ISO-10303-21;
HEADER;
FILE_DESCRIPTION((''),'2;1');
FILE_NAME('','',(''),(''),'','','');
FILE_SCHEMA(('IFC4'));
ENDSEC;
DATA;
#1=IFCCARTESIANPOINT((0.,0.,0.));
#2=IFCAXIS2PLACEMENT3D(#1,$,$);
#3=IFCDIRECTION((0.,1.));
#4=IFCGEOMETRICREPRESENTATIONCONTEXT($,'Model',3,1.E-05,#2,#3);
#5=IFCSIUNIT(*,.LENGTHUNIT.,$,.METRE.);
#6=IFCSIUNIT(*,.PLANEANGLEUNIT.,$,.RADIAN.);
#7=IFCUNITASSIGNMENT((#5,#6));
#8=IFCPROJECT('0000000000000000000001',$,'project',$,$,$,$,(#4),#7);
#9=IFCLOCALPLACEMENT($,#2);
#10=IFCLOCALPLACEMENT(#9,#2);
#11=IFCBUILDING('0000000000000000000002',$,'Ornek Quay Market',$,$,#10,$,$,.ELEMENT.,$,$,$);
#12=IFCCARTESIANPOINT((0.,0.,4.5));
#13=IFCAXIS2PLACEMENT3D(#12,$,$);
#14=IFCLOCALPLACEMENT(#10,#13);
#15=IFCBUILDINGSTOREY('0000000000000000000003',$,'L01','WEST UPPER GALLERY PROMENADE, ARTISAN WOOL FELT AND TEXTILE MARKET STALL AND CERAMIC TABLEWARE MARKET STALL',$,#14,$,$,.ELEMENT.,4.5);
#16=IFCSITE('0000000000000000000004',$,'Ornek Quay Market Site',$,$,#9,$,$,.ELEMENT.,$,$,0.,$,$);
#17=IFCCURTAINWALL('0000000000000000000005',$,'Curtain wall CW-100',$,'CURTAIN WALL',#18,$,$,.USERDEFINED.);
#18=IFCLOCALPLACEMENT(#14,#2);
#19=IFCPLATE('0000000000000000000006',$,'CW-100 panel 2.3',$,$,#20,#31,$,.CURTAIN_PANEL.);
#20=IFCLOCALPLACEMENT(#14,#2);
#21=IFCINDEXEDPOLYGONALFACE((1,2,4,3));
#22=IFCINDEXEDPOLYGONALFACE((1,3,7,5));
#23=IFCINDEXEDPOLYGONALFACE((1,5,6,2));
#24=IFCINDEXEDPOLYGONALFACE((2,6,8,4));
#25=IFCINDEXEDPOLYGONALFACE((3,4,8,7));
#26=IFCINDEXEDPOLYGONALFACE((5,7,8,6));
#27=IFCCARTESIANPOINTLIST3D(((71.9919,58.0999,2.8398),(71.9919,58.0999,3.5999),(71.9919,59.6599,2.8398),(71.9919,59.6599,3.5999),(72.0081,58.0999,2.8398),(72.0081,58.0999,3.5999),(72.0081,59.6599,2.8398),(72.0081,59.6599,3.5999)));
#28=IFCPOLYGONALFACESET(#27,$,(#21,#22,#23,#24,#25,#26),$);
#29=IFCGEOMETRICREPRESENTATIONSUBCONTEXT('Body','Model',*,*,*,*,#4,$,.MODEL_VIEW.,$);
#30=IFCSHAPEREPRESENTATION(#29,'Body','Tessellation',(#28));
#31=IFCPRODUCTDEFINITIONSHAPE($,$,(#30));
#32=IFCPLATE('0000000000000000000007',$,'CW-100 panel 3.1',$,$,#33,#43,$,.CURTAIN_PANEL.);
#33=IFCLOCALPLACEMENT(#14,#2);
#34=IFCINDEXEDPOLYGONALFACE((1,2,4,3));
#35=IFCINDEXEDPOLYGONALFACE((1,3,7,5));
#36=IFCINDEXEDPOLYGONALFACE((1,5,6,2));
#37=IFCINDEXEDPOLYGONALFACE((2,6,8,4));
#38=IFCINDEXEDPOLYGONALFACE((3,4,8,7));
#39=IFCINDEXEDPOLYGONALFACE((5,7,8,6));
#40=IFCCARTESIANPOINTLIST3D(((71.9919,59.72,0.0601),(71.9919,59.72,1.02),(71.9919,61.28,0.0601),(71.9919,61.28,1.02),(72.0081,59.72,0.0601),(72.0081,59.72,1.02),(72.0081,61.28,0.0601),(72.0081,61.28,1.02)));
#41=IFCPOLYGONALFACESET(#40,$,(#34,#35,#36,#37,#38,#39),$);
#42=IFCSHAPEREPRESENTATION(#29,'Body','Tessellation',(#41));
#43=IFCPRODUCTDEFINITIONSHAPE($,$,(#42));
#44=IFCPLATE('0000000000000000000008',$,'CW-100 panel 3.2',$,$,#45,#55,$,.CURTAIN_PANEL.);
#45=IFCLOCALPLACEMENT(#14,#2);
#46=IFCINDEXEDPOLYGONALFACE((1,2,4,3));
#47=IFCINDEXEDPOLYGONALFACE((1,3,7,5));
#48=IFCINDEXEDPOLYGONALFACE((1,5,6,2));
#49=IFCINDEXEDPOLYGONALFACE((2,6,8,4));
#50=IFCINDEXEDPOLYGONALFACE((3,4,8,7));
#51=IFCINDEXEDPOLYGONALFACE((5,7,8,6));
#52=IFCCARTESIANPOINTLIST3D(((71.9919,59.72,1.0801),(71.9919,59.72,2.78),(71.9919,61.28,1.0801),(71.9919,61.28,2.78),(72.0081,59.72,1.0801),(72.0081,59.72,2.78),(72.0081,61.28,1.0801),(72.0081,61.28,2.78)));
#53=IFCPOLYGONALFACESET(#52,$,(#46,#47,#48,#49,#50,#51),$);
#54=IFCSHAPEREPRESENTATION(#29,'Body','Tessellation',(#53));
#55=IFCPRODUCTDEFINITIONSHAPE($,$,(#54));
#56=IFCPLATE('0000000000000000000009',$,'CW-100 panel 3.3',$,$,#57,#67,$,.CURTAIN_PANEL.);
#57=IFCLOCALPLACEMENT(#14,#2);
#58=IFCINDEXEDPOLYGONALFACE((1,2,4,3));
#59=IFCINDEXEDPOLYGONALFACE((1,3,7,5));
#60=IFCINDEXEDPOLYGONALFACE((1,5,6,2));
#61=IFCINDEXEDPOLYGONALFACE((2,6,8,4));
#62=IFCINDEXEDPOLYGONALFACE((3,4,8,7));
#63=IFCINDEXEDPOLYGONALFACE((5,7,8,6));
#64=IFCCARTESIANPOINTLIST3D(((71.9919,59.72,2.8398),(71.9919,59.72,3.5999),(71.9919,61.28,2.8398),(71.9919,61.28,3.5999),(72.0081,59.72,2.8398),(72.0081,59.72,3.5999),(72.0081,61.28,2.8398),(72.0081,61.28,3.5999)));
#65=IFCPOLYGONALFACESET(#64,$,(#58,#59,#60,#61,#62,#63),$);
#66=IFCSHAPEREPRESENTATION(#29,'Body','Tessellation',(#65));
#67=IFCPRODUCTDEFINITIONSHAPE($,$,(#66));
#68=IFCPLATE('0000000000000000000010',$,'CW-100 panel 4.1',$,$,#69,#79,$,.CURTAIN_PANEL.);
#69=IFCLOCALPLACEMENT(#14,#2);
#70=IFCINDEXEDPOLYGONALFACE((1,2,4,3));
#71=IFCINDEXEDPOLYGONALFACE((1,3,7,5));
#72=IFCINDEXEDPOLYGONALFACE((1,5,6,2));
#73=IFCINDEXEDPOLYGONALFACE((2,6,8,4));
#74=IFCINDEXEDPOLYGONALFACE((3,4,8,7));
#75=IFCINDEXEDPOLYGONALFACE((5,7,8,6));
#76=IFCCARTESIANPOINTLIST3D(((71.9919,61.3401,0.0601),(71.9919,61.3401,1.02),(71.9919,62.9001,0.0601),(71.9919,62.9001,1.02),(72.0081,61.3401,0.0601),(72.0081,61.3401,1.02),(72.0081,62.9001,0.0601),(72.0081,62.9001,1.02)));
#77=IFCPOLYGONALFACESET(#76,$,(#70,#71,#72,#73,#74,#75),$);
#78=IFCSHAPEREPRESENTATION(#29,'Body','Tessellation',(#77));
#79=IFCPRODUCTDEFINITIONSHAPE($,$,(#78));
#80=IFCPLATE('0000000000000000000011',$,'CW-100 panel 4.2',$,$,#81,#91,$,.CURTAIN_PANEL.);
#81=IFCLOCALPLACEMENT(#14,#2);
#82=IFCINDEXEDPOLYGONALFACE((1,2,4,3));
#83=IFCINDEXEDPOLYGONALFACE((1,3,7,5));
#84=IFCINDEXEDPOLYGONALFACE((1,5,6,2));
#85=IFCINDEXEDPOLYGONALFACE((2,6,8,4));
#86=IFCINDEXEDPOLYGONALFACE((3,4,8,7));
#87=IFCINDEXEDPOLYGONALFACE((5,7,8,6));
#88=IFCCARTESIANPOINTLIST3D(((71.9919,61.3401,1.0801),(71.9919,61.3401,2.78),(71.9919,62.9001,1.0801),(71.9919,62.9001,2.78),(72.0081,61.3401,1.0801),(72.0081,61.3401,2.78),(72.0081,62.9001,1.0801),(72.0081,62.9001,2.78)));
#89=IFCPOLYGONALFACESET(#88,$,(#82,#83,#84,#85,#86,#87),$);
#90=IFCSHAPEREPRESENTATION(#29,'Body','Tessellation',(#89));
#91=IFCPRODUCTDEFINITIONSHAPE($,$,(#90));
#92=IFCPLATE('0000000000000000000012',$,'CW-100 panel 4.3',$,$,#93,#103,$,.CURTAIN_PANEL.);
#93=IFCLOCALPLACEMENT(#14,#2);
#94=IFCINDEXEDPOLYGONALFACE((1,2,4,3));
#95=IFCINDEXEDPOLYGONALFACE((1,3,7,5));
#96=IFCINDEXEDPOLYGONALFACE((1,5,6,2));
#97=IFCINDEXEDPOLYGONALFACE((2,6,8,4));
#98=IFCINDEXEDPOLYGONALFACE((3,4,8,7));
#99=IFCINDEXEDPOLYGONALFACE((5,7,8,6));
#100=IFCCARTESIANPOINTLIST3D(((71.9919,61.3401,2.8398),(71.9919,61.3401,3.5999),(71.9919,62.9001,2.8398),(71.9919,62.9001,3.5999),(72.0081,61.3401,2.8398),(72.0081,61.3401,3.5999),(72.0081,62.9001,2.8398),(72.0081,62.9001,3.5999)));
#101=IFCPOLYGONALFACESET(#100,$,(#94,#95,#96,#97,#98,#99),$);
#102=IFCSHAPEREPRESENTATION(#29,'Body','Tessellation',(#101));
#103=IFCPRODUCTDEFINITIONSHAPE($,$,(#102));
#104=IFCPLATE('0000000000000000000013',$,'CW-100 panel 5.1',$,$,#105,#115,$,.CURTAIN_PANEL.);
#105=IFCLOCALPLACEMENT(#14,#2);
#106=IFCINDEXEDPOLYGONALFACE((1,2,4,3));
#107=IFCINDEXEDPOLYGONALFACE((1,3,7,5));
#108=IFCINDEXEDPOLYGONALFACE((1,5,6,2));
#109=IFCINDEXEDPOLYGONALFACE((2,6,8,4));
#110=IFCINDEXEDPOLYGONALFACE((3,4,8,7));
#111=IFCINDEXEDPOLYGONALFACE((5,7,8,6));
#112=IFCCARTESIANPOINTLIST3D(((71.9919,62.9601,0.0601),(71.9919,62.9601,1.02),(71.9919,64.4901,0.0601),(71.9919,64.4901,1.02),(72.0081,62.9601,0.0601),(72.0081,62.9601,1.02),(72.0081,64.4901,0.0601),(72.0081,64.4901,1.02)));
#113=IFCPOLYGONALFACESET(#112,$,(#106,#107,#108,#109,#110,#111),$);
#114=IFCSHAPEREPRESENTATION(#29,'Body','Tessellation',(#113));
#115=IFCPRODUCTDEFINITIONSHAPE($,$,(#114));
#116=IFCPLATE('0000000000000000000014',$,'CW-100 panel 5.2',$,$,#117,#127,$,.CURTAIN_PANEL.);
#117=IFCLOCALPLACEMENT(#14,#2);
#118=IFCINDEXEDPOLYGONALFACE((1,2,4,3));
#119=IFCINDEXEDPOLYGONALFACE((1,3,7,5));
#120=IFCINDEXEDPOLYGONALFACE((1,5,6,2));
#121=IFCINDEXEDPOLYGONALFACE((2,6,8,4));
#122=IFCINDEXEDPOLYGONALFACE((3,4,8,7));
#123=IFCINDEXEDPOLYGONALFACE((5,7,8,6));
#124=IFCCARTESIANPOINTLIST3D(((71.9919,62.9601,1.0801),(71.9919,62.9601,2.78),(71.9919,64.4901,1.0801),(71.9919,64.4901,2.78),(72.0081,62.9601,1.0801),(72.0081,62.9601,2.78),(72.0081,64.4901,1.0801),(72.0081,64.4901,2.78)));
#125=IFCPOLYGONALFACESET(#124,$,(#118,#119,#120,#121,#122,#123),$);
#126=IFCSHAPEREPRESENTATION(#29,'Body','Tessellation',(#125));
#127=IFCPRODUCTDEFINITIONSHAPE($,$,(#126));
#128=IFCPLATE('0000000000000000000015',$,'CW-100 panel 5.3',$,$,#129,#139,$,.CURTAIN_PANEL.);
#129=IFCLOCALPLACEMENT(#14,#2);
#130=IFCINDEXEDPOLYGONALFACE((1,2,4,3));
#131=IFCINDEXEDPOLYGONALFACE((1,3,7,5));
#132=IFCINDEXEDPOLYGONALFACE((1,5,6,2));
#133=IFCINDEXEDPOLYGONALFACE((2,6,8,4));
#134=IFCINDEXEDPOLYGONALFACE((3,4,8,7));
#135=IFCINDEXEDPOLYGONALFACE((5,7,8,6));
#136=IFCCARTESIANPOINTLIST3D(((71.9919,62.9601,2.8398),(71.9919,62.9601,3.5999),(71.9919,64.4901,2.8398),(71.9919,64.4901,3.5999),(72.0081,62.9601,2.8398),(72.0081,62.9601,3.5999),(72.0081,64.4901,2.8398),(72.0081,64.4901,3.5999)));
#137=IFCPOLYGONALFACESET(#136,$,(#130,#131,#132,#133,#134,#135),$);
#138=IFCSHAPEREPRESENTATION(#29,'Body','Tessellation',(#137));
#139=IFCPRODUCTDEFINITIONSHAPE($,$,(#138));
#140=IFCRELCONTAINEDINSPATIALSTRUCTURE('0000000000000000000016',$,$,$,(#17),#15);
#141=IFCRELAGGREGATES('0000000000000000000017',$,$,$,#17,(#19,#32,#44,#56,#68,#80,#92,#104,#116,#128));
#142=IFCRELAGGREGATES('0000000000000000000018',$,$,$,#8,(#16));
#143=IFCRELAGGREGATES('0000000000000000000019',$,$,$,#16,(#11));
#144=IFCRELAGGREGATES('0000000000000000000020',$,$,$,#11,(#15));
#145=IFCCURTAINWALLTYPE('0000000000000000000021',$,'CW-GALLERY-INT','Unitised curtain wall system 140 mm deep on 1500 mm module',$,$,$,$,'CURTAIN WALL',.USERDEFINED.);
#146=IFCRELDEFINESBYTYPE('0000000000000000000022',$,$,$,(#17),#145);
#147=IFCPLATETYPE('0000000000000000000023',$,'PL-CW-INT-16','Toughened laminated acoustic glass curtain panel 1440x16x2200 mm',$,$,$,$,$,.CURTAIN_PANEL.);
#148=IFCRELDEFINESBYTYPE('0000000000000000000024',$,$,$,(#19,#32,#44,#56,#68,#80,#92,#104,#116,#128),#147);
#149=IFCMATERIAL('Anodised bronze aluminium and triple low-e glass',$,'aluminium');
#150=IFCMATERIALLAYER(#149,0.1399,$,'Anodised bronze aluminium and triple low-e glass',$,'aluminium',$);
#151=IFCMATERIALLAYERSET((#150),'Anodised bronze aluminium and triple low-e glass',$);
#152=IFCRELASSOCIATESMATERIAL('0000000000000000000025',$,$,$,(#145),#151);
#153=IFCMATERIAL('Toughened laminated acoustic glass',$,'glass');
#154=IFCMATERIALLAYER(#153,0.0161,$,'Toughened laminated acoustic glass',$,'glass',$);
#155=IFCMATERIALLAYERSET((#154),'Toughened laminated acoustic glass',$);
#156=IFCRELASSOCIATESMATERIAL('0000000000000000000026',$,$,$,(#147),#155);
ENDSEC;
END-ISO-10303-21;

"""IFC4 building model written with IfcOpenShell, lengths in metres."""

from ifc_helpers import new_model, si_unit, direction, frame, origin, origin_2d, place, context, subcontext, project, spatial, rectangle, extrude, material, layer, layer_set, type_object, element, aggregate, save


model = new_model("IFC4")

# Units and contexts
model_context = context("Model", 3, precision=1e-05, world=origin(), true_north=direction((0.0, 1.0)))
body_context = subcontext(model_context, "Body", "Model", "MODEL_VIEW")
ifc_project = project(units=[si_unit("LENGTHUNIT", "METRE"), si_unit("PLANEANGLEUNIT", "RADIAN")], contexts=[model_context])

# Site, building, storey
site_placement = place(None, origin())
site = spatial("IfcSite", under=ifc_project, at=site_placement, Name="Ornek Quay Market Site", CompositionType="ELEMENT", RefElevation=0.0)
building_placement = place(site_placement, origin())
building = spatial("IfcBuilding", under=site, at=building_placement, Name="Ornek Quay Market", CompositionType="ELEMENT")
storey_placement = place(building_placement, frame((0.0, 0.0, 4.5)))
storey = spatial("IfcBuildingStorey", under=building, at=storey_placement, Name="L01", Description="WEST UPPER GALLERY PROMENADE, ARTISAN WOOL FELT AND TEXTILE MARKET STALL AND CERAMIC TABLEWARE MARKET STALL", CompositionType="ELEMENT", Elevation=4.5)

# Curtain wall, plates
ifc_material_1 = material(Name="Anodised bronze aluminium and triple low-e glass", Category="aluminium")
ifc_layer_1 = layer(ifc_material_1, 0.1399, Name="Anodised bronze aluminium and triple low-e glass", Category="aluminium")
ifc_layer_set_1 = layer_set([ifc_layer_1], Name="Anodised bronze aluminium and triple low-e glass")
curtain_wall_type = type_object("IfcCurtainWallType", Name="CW-GALLERY-INT", Description="Unitised curtain wall system 140 mm deep on 1500 mm module", ElementType="CURTAIN WALL", PredefinedType="USERDEFINED", material=ifc_layer_set_1)
curtain_wall_placement = place(storey_placement, origin())
curtain_wall = element("IfcCurtainWall", 1, at=curtain_wall_placement, inside=storey, type_object=curtain_wall_type, Name="Curtain wall CW-100", ObjectType="CURTAIN WALL", PredefinedType="USERDEFINED")
ifc_material_2 = material(Name="Toughened laminated acoustic glass", Category="glass")
ifc_layer_2 = layer(ifc_material_2, 0.0161, Name="Toughened laminated acoustic glass", Category="glass")
ifc_layer_set_2 = layer_set([ifc_layer_2], Name="Toughened laminated acoustic glass")
plate_type = type_object("IfcPlateType", Name="PL-CW-INT-16", Description="Toughened laminated acoustic glass curtain panel 1440x16x2200 mm", PredefinedType="CURTAIN_PANEL", material=ifc_layer_set_2)
plate_1_placement = place(storey_placement, frame((72.0, 58.8799, 2.8398), z_axis=(0.0, 0.0, 1.0), x_axis=(0.0, 1.0, 0.0)))
plate_1 = element("IfcPlate", 2, at=plate_1_placement, type_object=plate_type, Name="CW-100 panel 2.3", PredefinedType="CURTAIN_PANEL", context=body_context, shape_type="SweptSolid", body=[
    extrude(rectangle(XDim=1.5601, YDim=0.0161, at=origin_2d()), origin(), (0.0, 0.0, 1.0), 0.76),
])
plate_2_placement = place(storey_placement, frame((72.0, 60.5, 0.0601), z_axis=(0.0, 0.0, 1.0), x_axis=(0.0, 1.0, 0.0)))
plate_2 = element("IfcPlate", 3, at=plate_2_placement, type_object=plate_type, Name="CW-100 panel 3.1", PredefinedType="CURTAIN_PANEL", context=body_context, shape_type="SweptSolid", body=[
    extrude(rectangle(XDim=1.5601, YDim=0.0161, at=origin_2d()), origin(), (0.0, 0.0, 1.0), 0.96),
])
plate_3_placement = place(storey_placement, frame((72.0, 60.5, 1.0801), z_axis=(0.0, 0.0, 1.0), x_axis=(0.0, 1.0, 0.0)))
plate_3 = element("IfcPlate", 4, at=plate_3_placement, type_object=plate_type, Name="CW-100 panel 3.2", PredefinedType="CURTAIN_PANEL", context=body_context, shape_type="SweptSolid", body=[
    extrude(rectangle(XDim=1.5601, YDim=0.0161, at=origin_2d()), origin(), (0.0, 0.0, 1.0), 1.7),
])
plate_4_placement = place(storey_placement, frame((72.0, 60.5, 2.8398), z_axis=(0.0, 0.0, 1.0), x_axis=(0.0, 1.0, 0.0)))
plate_4 = element("IfcPlate", 5, at=plate_4_placement, type_object=plate_type, Name="CW-100 panel 3.3", PredefinedType="CURTAIN_PANEL", context=body_context, shape_type="SweptSolid", body=[
    extrude(rectangle(XDim=1.5601, YDim=0.0161, at=origin_2d()), origin(), (0.0, 0.0, 1.0), 0.76),
])
plate_5_placement = place(storey_placement, frame((72.0, 62.1201, 0.0601), z_axis=(0.0, 0.0, 1.0), x_axis=(0.0, 1.0, 0.0)))
plate_5 = element("IfcPlate", 6, at=plate_5_placement, type_object=plate_type, Name="CW-100 panel 4.1", PredefinedType="CURTAIN_PANEL", context=body_context, shape_type="SweptSolid", body=[
    extrude(rectangle(XDim=1.5601, YDim=0.0161, at=origin_2d()), origin(), (0.0, 0.0, 1.0), 0.96),
])
plate_6_placement = place(storey_placement, frame((72.0, 62.1201, 1.0801), z_axis=(0.0, 0.0, 1.0), x_axis=(0.0, 1.0, 0.0)))
plate_6 = element("IfcPlate", 7, at=plate_6_placement, type_object=plate_type, Name="CW-100 panel 4.2", PredefinedType="CURTAIN_PANEL", context=body_context, shape_type="SweptSolid", body=[
    extrude(rectangle(XDim=1.5601, YDim=0.0161, at=origin_2d()), origin(), (0.0, 0.0, 1.0), 1.7),
])
plate_7_placement = place(storey_placement, frame((72.0, 62.1201, 2.8398), z_axis=(0.0, 0.0, 1.0), x_axis=(0.0, 1.0, 0.0)))
plate_7 = element("IfcPlate", 8, at=plate_7_placement, type_object=plate_type, Name="CW-100 panel 4.3", PredefinedType="CURTAIN_PANEL", context=body_context, shape_type="SweptSolid", body=[
    extrude(rectangle(XDim=1.5601, YDim=0.0161, at=origin_2d()), origin(), (0.0, 0.0, 1.0), 0.76),
])
plate_8_placement = place(storey_placement, frame((72.0, 63.7251, 0.0601), z_axis=(0.0, 0.0, 1.0), x_axis=(0.0, 1.0, 0.0)))
plate_8 = element("IfcPlate", 9, at=plate_8_placement, type_object=plate_type, Name="CW-100 panel 5.1", PredefinedType="CURTAIN_PANEL", context=body_context, shape_type="SweptSolid", body=[
    extrude(rectangle(XDim=1.53, YDim=0.0161, at=origin_2d()), origin(), (0.0, 0.0, 1.0), 0.96),
])
plate_9_placement = place(storey_placement, frame((72.0, 63.7251, 1.0801), z_axis=(0.0, 0.0, 1.0), x_axis=(0.0, 1.0, 0.0)))
plate_9 = element("IfcPlate", 10, at=plate_9_placement, type_object=plate_type, Name="CW-100 panel 5.2", PredefinedType="CURTAIN_PANEL", context=body_context, shape_type="SweptSolid", body=[
    extrude(rectangle(XDim=1.53, YDim=0.0161, at=origin_2d()), origin(), (0.0, 0.0, 1.0), 1.7),
])
plate_10_placement = place(storey_placement, frame((72.0, 63.7251, 2.8398), z_axis=(0.0, 0.0, 1.0), x_axis=(0.0, 1.0, 0.0)))
plate_10 = element("IfcPlate", 11, at=plate_10_placement, type_object=plate_type, Name="CW-100 panel 5.3", PredefinedType="CURTAIN_PANEL", context=body_context, shape_type="SweptSolid", body=[
    extrude(rectangle(XDim=1.53, YDim=0.0161, at=origin_2d()), origin(), (0.0, 0.0, 1.0), 0.76),
])
aggregate(curtain_wall, [plate_1, plate_2, plate_3, plate_4, plate_5, plate_6, plate_7, plate_8, plate_9, plate_10])

save(model, "model.ifc")
